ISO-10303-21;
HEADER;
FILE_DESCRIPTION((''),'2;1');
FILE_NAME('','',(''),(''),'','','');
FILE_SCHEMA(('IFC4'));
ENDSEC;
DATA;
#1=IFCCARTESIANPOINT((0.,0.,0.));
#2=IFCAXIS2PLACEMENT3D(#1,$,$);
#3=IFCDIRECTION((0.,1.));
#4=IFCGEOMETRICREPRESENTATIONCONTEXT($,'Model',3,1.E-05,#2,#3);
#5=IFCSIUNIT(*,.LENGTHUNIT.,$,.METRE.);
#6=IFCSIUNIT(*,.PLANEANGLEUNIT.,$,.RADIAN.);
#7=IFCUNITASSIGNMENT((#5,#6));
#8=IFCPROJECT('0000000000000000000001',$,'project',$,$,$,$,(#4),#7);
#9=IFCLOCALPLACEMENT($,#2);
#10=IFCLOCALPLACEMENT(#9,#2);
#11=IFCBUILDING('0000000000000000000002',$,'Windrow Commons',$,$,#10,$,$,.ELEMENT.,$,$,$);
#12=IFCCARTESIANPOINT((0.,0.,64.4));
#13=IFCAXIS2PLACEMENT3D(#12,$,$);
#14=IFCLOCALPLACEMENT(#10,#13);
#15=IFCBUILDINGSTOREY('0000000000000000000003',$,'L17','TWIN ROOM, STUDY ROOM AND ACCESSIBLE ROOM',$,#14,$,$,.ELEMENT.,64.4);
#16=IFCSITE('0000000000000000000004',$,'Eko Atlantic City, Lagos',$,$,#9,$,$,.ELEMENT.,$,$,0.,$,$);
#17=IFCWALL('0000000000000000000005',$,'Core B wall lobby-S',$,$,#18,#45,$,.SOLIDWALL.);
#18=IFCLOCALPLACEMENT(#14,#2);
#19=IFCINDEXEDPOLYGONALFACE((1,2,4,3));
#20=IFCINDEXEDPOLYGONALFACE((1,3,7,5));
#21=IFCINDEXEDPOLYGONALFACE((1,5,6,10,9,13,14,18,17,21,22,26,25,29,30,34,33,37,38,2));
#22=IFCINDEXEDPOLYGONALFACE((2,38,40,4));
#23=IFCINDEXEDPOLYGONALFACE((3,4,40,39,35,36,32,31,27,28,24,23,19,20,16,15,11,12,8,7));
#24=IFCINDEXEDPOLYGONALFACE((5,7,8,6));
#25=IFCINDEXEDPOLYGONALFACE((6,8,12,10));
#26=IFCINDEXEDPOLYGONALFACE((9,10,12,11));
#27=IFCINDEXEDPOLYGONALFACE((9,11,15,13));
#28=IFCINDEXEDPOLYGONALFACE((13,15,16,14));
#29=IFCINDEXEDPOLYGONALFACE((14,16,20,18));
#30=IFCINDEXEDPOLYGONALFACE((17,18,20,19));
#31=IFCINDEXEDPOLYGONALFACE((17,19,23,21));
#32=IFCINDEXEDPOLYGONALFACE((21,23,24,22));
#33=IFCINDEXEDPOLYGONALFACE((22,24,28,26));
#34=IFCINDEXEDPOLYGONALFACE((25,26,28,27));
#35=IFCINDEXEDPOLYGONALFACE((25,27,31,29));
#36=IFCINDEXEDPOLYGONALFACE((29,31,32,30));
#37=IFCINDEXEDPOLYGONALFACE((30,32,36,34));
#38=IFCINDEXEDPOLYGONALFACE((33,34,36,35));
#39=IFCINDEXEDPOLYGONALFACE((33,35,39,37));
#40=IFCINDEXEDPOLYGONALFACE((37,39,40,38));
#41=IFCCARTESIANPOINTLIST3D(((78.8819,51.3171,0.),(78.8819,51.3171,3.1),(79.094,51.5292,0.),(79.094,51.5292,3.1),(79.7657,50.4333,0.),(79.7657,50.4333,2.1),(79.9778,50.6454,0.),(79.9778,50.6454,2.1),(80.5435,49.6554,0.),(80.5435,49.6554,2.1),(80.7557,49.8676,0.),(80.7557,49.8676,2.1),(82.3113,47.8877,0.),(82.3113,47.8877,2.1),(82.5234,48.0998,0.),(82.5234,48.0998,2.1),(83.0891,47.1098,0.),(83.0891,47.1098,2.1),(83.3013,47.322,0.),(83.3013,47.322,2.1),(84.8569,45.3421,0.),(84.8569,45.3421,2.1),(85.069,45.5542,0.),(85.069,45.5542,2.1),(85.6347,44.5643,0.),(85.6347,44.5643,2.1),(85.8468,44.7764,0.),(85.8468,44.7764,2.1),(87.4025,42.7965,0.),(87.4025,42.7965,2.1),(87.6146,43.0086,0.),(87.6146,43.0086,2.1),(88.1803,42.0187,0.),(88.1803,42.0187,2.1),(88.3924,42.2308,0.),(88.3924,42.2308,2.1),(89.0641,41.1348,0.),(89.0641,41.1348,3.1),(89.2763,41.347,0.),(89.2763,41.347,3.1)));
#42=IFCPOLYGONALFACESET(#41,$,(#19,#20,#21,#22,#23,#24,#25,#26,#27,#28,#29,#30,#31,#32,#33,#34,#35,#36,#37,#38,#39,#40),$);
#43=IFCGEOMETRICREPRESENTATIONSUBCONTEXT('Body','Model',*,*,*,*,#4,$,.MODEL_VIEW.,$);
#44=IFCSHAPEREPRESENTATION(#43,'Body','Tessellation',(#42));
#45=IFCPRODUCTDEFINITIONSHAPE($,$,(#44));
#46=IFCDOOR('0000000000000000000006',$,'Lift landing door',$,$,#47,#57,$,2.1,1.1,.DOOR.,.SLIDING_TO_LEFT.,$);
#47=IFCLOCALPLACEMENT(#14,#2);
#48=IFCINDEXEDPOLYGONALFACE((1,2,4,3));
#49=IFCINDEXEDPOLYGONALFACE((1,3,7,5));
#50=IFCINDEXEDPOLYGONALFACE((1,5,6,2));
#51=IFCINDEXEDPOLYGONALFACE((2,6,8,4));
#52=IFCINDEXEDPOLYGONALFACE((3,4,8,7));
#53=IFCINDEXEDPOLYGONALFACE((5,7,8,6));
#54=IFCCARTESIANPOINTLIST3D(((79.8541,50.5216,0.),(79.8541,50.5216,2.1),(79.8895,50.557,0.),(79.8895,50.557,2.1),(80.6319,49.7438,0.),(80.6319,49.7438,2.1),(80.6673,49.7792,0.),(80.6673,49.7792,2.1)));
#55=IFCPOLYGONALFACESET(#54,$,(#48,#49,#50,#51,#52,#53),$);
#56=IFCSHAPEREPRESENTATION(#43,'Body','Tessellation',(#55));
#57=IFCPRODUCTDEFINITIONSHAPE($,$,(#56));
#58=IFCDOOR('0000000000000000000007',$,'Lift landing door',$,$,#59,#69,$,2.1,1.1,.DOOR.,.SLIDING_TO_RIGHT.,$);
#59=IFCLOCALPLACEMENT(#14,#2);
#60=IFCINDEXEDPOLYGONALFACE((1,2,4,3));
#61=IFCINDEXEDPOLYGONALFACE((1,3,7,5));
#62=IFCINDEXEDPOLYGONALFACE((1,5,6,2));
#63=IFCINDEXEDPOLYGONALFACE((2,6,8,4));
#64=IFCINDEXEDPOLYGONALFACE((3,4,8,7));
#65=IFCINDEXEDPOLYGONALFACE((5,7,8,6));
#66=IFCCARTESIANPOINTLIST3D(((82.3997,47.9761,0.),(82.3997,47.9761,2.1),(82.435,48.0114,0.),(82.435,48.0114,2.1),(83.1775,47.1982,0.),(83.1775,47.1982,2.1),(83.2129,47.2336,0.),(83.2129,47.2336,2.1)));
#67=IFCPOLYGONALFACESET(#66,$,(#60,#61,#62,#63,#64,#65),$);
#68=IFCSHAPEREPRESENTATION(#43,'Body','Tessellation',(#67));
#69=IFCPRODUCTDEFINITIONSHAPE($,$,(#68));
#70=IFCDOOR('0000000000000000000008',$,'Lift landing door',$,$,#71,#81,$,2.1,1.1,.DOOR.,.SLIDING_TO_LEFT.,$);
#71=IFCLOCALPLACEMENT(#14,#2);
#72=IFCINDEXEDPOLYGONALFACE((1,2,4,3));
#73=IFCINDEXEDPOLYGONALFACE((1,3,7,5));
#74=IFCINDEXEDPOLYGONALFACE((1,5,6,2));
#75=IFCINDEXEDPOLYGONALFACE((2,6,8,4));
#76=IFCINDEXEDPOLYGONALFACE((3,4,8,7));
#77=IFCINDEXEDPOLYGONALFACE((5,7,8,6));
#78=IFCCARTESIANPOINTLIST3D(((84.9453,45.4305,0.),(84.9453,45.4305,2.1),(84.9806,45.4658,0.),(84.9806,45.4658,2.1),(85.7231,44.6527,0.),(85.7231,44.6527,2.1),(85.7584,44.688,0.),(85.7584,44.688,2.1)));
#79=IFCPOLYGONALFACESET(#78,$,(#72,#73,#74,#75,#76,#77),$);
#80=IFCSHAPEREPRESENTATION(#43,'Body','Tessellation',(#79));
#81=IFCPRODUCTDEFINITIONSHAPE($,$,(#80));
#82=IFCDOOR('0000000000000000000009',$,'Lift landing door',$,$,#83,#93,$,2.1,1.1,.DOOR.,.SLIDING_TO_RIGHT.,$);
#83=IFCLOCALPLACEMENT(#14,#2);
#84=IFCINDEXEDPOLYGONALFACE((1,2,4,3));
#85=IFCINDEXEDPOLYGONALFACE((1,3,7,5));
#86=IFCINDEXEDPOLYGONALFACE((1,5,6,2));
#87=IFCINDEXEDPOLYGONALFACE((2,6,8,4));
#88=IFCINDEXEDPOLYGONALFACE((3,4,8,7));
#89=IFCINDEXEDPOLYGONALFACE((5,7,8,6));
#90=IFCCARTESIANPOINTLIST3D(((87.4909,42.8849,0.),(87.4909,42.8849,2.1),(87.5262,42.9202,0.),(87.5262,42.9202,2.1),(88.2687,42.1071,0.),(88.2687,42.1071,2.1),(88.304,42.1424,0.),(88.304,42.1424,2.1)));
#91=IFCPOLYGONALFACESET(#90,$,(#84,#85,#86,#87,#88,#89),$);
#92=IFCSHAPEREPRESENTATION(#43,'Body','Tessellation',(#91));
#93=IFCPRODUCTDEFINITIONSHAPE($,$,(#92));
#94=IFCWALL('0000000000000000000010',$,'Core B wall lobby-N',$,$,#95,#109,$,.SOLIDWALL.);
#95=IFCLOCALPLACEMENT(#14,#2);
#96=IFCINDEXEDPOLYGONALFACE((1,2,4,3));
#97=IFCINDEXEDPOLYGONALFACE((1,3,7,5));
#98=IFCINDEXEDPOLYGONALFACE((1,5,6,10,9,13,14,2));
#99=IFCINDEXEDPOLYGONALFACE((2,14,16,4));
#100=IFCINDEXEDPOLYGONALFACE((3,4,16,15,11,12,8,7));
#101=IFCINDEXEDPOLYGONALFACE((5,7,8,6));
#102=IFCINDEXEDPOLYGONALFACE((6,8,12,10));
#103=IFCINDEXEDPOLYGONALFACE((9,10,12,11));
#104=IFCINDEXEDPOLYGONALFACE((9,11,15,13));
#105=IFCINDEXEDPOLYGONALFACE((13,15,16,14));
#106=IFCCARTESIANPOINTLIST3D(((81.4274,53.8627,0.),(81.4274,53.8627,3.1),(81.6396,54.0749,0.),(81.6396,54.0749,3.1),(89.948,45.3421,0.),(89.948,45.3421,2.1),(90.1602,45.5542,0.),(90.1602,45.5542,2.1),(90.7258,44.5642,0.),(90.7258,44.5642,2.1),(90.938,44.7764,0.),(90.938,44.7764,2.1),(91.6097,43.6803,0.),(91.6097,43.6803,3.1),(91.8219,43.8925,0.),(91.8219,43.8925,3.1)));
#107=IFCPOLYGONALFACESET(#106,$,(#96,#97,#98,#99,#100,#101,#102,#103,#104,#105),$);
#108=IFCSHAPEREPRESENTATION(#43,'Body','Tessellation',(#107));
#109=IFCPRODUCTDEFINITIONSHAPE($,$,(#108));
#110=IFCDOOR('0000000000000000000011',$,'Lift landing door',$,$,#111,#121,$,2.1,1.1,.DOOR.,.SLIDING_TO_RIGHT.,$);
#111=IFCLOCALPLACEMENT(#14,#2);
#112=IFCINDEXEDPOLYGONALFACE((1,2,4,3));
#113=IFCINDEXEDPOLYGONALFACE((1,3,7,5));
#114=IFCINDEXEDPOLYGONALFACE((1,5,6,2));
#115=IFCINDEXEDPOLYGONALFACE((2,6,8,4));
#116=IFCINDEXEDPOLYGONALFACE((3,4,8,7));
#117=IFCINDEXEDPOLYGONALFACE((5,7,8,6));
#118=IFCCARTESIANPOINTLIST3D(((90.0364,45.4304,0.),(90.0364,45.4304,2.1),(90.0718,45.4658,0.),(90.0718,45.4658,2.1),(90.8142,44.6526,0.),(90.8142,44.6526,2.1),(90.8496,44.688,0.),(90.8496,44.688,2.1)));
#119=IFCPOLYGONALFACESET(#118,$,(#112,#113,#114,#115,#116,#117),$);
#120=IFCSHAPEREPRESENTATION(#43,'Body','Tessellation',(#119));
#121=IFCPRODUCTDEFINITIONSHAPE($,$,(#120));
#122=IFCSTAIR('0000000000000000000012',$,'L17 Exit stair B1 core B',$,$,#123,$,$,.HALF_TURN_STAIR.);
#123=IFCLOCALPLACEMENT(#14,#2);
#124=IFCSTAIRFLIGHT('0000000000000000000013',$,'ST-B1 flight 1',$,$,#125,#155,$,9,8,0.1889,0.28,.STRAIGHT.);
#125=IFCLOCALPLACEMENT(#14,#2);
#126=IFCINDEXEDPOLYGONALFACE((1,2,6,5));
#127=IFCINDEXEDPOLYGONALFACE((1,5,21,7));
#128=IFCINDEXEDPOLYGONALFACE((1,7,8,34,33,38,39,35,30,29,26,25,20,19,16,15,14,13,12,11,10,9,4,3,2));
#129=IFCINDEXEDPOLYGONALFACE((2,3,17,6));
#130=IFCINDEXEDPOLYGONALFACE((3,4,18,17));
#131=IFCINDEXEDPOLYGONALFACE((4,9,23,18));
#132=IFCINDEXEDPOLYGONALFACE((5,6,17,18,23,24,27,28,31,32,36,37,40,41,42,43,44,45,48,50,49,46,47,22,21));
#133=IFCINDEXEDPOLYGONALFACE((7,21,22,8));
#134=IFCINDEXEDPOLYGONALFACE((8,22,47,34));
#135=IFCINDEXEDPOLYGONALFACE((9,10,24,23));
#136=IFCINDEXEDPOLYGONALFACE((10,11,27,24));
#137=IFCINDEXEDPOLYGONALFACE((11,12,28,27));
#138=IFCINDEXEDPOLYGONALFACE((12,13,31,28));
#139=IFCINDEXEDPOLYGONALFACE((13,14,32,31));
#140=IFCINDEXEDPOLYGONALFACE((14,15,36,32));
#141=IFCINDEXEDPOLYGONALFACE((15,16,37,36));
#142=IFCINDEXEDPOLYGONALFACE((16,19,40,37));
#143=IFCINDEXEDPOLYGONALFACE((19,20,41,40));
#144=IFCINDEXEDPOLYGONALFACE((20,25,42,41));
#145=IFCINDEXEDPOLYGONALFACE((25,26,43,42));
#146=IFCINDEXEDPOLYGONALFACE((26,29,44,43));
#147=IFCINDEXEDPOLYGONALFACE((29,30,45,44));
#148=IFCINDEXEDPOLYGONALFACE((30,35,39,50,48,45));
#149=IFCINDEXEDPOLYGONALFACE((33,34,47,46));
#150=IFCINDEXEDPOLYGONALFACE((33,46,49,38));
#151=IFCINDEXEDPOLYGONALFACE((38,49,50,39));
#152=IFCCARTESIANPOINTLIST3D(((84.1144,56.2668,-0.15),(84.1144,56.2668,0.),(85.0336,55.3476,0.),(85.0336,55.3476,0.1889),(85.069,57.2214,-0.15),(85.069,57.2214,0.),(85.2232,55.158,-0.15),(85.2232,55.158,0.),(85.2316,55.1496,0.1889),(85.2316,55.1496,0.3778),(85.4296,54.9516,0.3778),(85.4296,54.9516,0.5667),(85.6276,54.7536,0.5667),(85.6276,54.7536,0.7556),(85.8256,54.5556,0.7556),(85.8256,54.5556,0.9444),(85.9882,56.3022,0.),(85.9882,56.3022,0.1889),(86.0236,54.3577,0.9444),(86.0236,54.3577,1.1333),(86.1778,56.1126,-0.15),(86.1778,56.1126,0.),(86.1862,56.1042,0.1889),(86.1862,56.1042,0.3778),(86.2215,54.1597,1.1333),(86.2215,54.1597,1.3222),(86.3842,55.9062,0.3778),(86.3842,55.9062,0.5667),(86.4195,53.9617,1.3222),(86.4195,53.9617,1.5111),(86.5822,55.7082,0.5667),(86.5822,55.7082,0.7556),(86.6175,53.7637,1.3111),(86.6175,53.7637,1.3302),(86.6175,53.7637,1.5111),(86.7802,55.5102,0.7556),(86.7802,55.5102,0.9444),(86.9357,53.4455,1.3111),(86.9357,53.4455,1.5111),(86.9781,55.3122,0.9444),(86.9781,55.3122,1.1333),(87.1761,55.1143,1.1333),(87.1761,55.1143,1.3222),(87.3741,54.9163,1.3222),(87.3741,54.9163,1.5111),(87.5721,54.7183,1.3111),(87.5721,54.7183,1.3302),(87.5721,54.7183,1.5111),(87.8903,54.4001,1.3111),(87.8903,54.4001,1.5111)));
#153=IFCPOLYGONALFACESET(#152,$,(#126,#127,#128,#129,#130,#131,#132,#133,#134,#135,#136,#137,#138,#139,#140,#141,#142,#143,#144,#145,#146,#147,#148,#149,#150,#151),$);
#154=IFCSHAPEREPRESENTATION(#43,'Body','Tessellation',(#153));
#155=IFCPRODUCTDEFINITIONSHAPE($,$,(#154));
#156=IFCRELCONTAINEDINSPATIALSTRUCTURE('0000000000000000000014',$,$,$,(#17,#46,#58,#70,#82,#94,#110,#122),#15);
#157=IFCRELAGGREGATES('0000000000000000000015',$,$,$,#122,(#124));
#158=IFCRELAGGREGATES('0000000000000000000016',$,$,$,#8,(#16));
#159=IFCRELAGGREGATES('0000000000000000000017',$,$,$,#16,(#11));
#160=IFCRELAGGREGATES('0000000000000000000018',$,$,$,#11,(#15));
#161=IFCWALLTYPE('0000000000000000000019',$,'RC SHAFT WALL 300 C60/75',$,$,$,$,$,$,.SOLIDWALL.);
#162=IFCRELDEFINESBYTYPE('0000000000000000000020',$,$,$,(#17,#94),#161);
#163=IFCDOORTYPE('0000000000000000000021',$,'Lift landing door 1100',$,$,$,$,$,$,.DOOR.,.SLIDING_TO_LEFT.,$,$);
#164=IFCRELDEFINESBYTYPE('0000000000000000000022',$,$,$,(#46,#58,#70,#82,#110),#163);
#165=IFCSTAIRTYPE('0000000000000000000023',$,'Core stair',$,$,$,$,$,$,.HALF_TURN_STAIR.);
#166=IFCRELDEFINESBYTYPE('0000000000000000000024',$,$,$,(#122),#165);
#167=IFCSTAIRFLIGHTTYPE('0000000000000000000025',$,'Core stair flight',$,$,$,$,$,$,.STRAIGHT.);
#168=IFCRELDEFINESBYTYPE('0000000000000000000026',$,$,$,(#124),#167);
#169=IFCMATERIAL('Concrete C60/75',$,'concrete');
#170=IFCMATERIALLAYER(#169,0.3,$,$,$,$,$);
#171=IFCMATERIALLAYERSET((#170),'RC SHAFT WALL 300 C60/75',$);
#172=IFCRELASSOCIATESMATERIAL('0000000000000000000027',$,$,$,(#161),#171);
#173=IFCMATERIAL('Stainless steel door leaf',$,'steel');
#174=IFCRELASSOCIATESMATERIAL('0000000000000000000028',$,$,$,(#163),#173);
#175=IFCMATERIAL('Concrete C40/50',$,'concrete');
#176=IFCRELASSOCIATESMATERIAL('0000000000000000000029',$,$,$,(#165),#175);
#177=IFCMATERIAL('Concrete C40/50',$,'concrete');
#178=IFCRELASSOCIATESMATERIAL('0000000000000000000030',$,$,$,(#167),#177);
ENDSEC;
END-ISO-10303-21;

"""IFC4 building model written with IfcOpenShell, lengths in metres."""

from ifc_helpers import new_model, si_unit, direction, frame, frame_2d, origin, place, context, subcontext, project, spatial, polyline, rectangle, outline, extrude, material, layer, layer_set, type_object, element, fill, aggregate, save


model = new_model("IFC4")

# Units and contexts
model_context = context("Model", 3, precision=1e-05, world=origin(), true_north=direction((0.0, 1.0)))
body_context = subcontext(model_context, "Body", "Model", "MODEL_VIEW")
ifc_project = project(units=[si_unit("LENGTHUNIT", "METRE"), si_unit("PLANEANGLEUNIT", "RADIAN")], contexts=[model_context])

# Site, building, storey
site_placement = place(None, origin())
site = spatial("IfcSite", under=ifc_project, at=site_placement, Name="Eko Atlantic City, Lagos", CompositionType="ELEMENT", RefElevation=0.0)
building_placement = place(site_placement, origin())
building = spatial("IfcBuilding", under=site, at=building_placement, Name="Windrow Commons", CompositionType="ELEMENT")
storey_placement = place(building_placement, frame((0.0, 0.0, 64.4)))
storey = spatial("IfcBuildingStorey", under=building, at=storey_placement, Name="L17", Description="TWIN ROOM, STUDY ROOM AND ACCESSIBLE ROOM", CompositionType="ELEMENT", Elevation=64.4)

# Shared definitions
ifc_material_1 = material(Name="Concrete C60/75", Category="concrete")
ifc_layer_1 = layer(ifc_material_1, 0.3)
ifc_layer_set_1 = layer_set([ifc_layer_1], Name="RC SHAFT WALL 300 C60/75")
wall_type_1 = type_object("IfcWallType", Name="RC SHAFT WALL 300 C60/75", PredefinedType="SOLIDWALL", material=ifc_layer_set_1)

# Wall, openings, doors
wall_1_placement = place(storey_placement, frame((78.9879, 51.4232, 0.0), z_axis=(0.0, 0.0, 1.0), x_axis=(0.707107, -0.707107, 0.0)))
wall_1 = element("IfcWall", 1, at=wall_1_placement, inside=storey, type_object=wall_type_1, Name="Core B wall lobby-S", PredefinedType="SOLIDWALL", context=body_context, shape_type="SweptSolid", body=[
    extrude(rectangle(XDim=14.3999, YDim=0.3, at=frame_2d((7.2, 0.0))), origin(), (0.0, 0.0, 1.0), 3.1),
])
opening_1_placement = place(wall_1_placement, frame((1.25, 0.0, 0.0)))
opening_1 = element("IfcOpeningElement", 2, at=opening_1_placement, cuts=wall_1, PredefinedType="OPENING", context=body_context, shape_type="SweptSolid", body=[
    extrude(rectangle(XDim=1.1, YDim=2.1, at=frame_2d((0.55, 1.05))), frame((0.0, 0.16, 0.0), z_axis=(0.0, -1.0, 0.0), x_axis=(1.0, 0.0, 0.0)), (0.0, 0.0, 1.0), 0.32),
])
opening_2_placement = place(wall_1_placement, frame((4.85, 0.0, 0.0)))
opening_2 = element("IfcOpeningElement", 3, at=opening_2_placement, cuts=wall_1, PredefinedType="OPENING", context=body_context, shape_type="SweptSolid", body=[
    extrude(rectangle(XDim=1.1, YDim=2.1, at=frame_2d((0.55, 1.05))), frame((0.0, 0.16, 0.0), z_axis=(0.0, -1.0, 0.0), x_axis=(1.0, 0.0, 0.0)), (0.0, 0.0, 1.0), 0.32),
])
opening_3_placement = place(wall_1_placement, frame((8.45, 0.0, 0.0)))
opening_3 = element("IfcOpeningElement", 4, at=opening_3_placement, cuts=wall_1, PredefinedType="OPENING", context=body_context, shape_type="SweptSolid", body=[
    extrude(rectangle(XDim=1.1, YDim=2.1, at=frame_2d((0.55, 1.05))), frame((0.0, 0.16, 0.0), z_axis=(0.0, -1.0, 0.0), x_axis=(1.0, 0.0, 0.0)), (0.0, 0.0, 1.0), 0.32),
])
opening_4_placement = place(wall_1_placement, frame((12.05, 0.0, 0.0)))
opening_4 = element("IfcOpeningElement", 5, at=opening_4_placement, cuts=wall_1, PredefinedType="OPENING", context=body_context, shape_type="SweptSolid", body=[
    extrude(rectangle(XDim=1.1, YDim=2.1, at=frame_2d((0.55, 1.05))), frame((0.0, 0.16, 0.0), z_axis=(0.0, -1.0, 0.0), x_axis=(1.0, 0.0, 0.0)), (0.0, 0.0, 1.0), 0.32),
])
ifc_material_2 = material(Name="Stainless steel door leaf", Category="steel")
door_type_1 = type_object("IfcDoorType", Name="Lift landing door 1100", OperationType="SLIDING_TO_LEFT", PredefinedType="DOOR", material=ifc_material_2)
door_1_placement = place(opening_1_placement, origin())
door_1 = element("IfcDoor", 6, at=door_1_placement, inside=storey, type_object=door_type_1, Name="Lift landing door", OperationType="SLIDING_TO_LEFT", OverallHeight=2.1, OverallWidth=1.1, PredefinedType="DOOR", context=body_context, shape_type="SweptSolid", body=[
    extrude(rectangle(XDim=1.1, YDim=2.1, at=frame_2d((0.55, 1.05))), frame((0.0, 0.025, 0.0), z_axis=(0.0, -1.0, 0.0), x_axis=(1.0, 0.0, 0.0)), (0.0, 0.0, 1.0), 0.05),
])
fill(opening_1, door_1)
door_2_placement = place(opening_2_placement, origin())
door_2 = element("IfcDoor", 7, at=door_2_placement, inside=storey, type_object=door_type_1, Name="Lift landing door", OperationType="SLIDING_TO_RIGHT", OverallHeight=2.1, OverallWidth=1.1, PredefinedType="DOOR", context=body_context, shape_type="SweptSolid", body=[
    extrude(rectangle(XDim=1.1, YDim=2.1, at=frame_2d((0.55, 1.05))), frame((0.0, 0.025, 0.0), z_axis=(0.0, -1.0, 0.0), x_axis=(1.0, 0.0, 0.0)), (0.0, 0.0, 1.0), 0.05),
])
fill(opening_2, door_2)
door_3_placement = place(opening_3_placement, origin())
door_3 = element("IfcDoor", 8, at=door_3_placement, inside=storey, type_object=door_type_1, Name="Lift landing door", OperationType="SLIDING_TO_LEFT", OverallHeight=2.1, OverallWidth=1.1, PredefinedType="DOOR", context=body_context, shape_type="SweptSolid", body=[
    extrude(rectangle(XDim=1.1, YDim=2.1, at=frame_2d((0.55, 1.05))), frame((0.0, 0.025, 0.0), z_axis=(0.0, -1.0, 0.0), x_axis=(1.0, 0.0, 0.0)), (0.0, 0.0, 1.0), 0.05),
])
fill(opening_3, door_3)
door_4_placement = place(opening_4_placement, origin())
door_4 = element("IfcDoor", 9, at=door_4_placement, inside=storey, type_object=door_type_1, Name="Lift landing door", OperationType="SLIDING_TO_RIGHT", OverallHeight=2.1, OverallWidth=1.1, PredefinedType="DOOR", context=body_context, shape_type="SweptSolid", body=[
    extrude(rectangle(XDim=1.1, YDim=2.1, at=frame_2d((0.55, 1.05))), frame((0.0, 0.025, 0.0), z_axis=(0.0, -1.0, 0.0), x_axis=(1.0, 0.0, 0.0)), (0.0, 0.0, 1.0), 0.05),
])
fill(opening_4, door_4)

# Wall, opening, door
wall_2_placement = place(storey_placement, frame((81.5335, 53.9688, 0.0), z_axis=(0.0, 0.0, 1.0), x_axis=(0.707103, -0.70711, 0.0)))
wall_2 = element("IfcWall", 10, at=wall_2_placement, inside=storey, type_object=wall_type_1, Name="Core B wall lobby-N", PredefinedType="SOLIDWALL", context=body_context, shape_type="SweptSolid", body=[
    extrude(rectangle(XDim=14.4, YDim=0.3, at=frame_2d((7.2, 0.0))), origin(), (0.0, 0.0, 1.0), 3.1),
])
opening_5_placement = place(wall_2_placement, frame((12.05, 0.0, 0.0)))
opening_5 = element("IfcOpeningElement", 11, at=opening_5_placement, cuts=wall_2, PredefinedType="OPENING", context=body_context, shape_type="SweptSolid", body=[
    extrude(rectangle(XDim=1.1, YDim=2.1, at=frame_2d((0.55, 1.05))), frame((0.0, 0.16, 0.0), z_axis=(0.0, -1.0, 0.0), x_axis=(1.0, 0.0, 0.0)), (0.0, 0.0, 1.0), 0.32),
])
door_5_placement = place(opening_5_placement, origin())
door_5 = element("IfcDoor", 12, at=door_5_placement, inside=storey, type_object=door_type_1, Name="Lift landing door", OperationType="SLIDING_TO_RIGHT", OverallHeight=2.1, OverallWidth=1.1, PredefinedType="DOOR", context=body_context, shape_type="SweptSolid", body=[
    extrude(rectangle(XDim=1.1, YDim=2.1, at=frame_2d((0.55, 1.05))), frame((0.0, 0.025, 0.0), z_axis=(0.0, -1.0, 0.0), x_axis=(1.0, 0.0, 0.0)), (0.0, 0.0, 1.0), 0.05),
])
fill(opening_5, door_5)

# Stair, stair flight
ifc_material_3 = material(Name="Concrete C40/50", Category="concrete")
stair_type = type_object("IfcStairType", Name="Core stair", PredefinedType="HALF_TURN_STAIR", material=ifc_material_3)
stair_placement = place(storey_placement, origin())
stair = element("IfcStair", 13, at=stair_placement, inside=storey, type_object=stair_type, Name="L17 Exit stair B1 core B", PredefinedType="HALF_TURN_STAIR")
ifc_material_4 = material(Name="Concrete C40/50", Category="concrete")
stair_flight_type = type_object("IfcStairFlightType", Name="Core stair flight", PredefinedType="STRAIGHT", material=ifc_material_4)
stair_flight_placement = place(storey_placement, frame((85.5109, 55.8249, 0.0), z_axis=(0.0, 0.0, 1.0), x_axis=(0.707107, -0.707107, 0.0)))
stair_flight = element("IfcStairFlight", 14, at=stair_flight_placement, type_object=stair_flight_type, Name="ST-B1 flight 1", NumberOfRisers=9, NumberOfTreads=8, PredefinedType="STRAIGHT", RiserHeight=0.1889, TreadLength=0.28, context=body_context, shape_type="SweptSolid", body=[
    extrude(outline(polyline([(-1.3, -0.15), (-1.3, 0.0), (0.0, 0.0), (0.0, 0.1889), (0.28, 0.1889), (0.28, 0.3778), (0.56, 0.3778), (0.56, 0.5667), (0.84, 0.5667), (0.84, 0.7556), (1.12, 0.7556), (1.12, 0.9444), (1.4, 0.9444), (1.4, 1.1333), (1.68, 1.1333), (1.68, 1.3222), (1.96, 1.3222), (1.96, 1.5111), (2.24, 1.5111), (2.69, 1.5111), (2.69, 1.3111), (2.24, 1.3111), (2.24, 1.3302), (0.2682, 0.0), (0.2682, -0.15), (-1.3, -0.15)])), frame((0.0, 0.675, 0.0), z_axis=(0.0, -1.0, 0.0), x_axis=(1.0, 0.0, 0.0)), (0.0, 0.0, 1.0), 1.35),
])
aggregate(stair, [stair_flight])

save(model, "model.ifc")
